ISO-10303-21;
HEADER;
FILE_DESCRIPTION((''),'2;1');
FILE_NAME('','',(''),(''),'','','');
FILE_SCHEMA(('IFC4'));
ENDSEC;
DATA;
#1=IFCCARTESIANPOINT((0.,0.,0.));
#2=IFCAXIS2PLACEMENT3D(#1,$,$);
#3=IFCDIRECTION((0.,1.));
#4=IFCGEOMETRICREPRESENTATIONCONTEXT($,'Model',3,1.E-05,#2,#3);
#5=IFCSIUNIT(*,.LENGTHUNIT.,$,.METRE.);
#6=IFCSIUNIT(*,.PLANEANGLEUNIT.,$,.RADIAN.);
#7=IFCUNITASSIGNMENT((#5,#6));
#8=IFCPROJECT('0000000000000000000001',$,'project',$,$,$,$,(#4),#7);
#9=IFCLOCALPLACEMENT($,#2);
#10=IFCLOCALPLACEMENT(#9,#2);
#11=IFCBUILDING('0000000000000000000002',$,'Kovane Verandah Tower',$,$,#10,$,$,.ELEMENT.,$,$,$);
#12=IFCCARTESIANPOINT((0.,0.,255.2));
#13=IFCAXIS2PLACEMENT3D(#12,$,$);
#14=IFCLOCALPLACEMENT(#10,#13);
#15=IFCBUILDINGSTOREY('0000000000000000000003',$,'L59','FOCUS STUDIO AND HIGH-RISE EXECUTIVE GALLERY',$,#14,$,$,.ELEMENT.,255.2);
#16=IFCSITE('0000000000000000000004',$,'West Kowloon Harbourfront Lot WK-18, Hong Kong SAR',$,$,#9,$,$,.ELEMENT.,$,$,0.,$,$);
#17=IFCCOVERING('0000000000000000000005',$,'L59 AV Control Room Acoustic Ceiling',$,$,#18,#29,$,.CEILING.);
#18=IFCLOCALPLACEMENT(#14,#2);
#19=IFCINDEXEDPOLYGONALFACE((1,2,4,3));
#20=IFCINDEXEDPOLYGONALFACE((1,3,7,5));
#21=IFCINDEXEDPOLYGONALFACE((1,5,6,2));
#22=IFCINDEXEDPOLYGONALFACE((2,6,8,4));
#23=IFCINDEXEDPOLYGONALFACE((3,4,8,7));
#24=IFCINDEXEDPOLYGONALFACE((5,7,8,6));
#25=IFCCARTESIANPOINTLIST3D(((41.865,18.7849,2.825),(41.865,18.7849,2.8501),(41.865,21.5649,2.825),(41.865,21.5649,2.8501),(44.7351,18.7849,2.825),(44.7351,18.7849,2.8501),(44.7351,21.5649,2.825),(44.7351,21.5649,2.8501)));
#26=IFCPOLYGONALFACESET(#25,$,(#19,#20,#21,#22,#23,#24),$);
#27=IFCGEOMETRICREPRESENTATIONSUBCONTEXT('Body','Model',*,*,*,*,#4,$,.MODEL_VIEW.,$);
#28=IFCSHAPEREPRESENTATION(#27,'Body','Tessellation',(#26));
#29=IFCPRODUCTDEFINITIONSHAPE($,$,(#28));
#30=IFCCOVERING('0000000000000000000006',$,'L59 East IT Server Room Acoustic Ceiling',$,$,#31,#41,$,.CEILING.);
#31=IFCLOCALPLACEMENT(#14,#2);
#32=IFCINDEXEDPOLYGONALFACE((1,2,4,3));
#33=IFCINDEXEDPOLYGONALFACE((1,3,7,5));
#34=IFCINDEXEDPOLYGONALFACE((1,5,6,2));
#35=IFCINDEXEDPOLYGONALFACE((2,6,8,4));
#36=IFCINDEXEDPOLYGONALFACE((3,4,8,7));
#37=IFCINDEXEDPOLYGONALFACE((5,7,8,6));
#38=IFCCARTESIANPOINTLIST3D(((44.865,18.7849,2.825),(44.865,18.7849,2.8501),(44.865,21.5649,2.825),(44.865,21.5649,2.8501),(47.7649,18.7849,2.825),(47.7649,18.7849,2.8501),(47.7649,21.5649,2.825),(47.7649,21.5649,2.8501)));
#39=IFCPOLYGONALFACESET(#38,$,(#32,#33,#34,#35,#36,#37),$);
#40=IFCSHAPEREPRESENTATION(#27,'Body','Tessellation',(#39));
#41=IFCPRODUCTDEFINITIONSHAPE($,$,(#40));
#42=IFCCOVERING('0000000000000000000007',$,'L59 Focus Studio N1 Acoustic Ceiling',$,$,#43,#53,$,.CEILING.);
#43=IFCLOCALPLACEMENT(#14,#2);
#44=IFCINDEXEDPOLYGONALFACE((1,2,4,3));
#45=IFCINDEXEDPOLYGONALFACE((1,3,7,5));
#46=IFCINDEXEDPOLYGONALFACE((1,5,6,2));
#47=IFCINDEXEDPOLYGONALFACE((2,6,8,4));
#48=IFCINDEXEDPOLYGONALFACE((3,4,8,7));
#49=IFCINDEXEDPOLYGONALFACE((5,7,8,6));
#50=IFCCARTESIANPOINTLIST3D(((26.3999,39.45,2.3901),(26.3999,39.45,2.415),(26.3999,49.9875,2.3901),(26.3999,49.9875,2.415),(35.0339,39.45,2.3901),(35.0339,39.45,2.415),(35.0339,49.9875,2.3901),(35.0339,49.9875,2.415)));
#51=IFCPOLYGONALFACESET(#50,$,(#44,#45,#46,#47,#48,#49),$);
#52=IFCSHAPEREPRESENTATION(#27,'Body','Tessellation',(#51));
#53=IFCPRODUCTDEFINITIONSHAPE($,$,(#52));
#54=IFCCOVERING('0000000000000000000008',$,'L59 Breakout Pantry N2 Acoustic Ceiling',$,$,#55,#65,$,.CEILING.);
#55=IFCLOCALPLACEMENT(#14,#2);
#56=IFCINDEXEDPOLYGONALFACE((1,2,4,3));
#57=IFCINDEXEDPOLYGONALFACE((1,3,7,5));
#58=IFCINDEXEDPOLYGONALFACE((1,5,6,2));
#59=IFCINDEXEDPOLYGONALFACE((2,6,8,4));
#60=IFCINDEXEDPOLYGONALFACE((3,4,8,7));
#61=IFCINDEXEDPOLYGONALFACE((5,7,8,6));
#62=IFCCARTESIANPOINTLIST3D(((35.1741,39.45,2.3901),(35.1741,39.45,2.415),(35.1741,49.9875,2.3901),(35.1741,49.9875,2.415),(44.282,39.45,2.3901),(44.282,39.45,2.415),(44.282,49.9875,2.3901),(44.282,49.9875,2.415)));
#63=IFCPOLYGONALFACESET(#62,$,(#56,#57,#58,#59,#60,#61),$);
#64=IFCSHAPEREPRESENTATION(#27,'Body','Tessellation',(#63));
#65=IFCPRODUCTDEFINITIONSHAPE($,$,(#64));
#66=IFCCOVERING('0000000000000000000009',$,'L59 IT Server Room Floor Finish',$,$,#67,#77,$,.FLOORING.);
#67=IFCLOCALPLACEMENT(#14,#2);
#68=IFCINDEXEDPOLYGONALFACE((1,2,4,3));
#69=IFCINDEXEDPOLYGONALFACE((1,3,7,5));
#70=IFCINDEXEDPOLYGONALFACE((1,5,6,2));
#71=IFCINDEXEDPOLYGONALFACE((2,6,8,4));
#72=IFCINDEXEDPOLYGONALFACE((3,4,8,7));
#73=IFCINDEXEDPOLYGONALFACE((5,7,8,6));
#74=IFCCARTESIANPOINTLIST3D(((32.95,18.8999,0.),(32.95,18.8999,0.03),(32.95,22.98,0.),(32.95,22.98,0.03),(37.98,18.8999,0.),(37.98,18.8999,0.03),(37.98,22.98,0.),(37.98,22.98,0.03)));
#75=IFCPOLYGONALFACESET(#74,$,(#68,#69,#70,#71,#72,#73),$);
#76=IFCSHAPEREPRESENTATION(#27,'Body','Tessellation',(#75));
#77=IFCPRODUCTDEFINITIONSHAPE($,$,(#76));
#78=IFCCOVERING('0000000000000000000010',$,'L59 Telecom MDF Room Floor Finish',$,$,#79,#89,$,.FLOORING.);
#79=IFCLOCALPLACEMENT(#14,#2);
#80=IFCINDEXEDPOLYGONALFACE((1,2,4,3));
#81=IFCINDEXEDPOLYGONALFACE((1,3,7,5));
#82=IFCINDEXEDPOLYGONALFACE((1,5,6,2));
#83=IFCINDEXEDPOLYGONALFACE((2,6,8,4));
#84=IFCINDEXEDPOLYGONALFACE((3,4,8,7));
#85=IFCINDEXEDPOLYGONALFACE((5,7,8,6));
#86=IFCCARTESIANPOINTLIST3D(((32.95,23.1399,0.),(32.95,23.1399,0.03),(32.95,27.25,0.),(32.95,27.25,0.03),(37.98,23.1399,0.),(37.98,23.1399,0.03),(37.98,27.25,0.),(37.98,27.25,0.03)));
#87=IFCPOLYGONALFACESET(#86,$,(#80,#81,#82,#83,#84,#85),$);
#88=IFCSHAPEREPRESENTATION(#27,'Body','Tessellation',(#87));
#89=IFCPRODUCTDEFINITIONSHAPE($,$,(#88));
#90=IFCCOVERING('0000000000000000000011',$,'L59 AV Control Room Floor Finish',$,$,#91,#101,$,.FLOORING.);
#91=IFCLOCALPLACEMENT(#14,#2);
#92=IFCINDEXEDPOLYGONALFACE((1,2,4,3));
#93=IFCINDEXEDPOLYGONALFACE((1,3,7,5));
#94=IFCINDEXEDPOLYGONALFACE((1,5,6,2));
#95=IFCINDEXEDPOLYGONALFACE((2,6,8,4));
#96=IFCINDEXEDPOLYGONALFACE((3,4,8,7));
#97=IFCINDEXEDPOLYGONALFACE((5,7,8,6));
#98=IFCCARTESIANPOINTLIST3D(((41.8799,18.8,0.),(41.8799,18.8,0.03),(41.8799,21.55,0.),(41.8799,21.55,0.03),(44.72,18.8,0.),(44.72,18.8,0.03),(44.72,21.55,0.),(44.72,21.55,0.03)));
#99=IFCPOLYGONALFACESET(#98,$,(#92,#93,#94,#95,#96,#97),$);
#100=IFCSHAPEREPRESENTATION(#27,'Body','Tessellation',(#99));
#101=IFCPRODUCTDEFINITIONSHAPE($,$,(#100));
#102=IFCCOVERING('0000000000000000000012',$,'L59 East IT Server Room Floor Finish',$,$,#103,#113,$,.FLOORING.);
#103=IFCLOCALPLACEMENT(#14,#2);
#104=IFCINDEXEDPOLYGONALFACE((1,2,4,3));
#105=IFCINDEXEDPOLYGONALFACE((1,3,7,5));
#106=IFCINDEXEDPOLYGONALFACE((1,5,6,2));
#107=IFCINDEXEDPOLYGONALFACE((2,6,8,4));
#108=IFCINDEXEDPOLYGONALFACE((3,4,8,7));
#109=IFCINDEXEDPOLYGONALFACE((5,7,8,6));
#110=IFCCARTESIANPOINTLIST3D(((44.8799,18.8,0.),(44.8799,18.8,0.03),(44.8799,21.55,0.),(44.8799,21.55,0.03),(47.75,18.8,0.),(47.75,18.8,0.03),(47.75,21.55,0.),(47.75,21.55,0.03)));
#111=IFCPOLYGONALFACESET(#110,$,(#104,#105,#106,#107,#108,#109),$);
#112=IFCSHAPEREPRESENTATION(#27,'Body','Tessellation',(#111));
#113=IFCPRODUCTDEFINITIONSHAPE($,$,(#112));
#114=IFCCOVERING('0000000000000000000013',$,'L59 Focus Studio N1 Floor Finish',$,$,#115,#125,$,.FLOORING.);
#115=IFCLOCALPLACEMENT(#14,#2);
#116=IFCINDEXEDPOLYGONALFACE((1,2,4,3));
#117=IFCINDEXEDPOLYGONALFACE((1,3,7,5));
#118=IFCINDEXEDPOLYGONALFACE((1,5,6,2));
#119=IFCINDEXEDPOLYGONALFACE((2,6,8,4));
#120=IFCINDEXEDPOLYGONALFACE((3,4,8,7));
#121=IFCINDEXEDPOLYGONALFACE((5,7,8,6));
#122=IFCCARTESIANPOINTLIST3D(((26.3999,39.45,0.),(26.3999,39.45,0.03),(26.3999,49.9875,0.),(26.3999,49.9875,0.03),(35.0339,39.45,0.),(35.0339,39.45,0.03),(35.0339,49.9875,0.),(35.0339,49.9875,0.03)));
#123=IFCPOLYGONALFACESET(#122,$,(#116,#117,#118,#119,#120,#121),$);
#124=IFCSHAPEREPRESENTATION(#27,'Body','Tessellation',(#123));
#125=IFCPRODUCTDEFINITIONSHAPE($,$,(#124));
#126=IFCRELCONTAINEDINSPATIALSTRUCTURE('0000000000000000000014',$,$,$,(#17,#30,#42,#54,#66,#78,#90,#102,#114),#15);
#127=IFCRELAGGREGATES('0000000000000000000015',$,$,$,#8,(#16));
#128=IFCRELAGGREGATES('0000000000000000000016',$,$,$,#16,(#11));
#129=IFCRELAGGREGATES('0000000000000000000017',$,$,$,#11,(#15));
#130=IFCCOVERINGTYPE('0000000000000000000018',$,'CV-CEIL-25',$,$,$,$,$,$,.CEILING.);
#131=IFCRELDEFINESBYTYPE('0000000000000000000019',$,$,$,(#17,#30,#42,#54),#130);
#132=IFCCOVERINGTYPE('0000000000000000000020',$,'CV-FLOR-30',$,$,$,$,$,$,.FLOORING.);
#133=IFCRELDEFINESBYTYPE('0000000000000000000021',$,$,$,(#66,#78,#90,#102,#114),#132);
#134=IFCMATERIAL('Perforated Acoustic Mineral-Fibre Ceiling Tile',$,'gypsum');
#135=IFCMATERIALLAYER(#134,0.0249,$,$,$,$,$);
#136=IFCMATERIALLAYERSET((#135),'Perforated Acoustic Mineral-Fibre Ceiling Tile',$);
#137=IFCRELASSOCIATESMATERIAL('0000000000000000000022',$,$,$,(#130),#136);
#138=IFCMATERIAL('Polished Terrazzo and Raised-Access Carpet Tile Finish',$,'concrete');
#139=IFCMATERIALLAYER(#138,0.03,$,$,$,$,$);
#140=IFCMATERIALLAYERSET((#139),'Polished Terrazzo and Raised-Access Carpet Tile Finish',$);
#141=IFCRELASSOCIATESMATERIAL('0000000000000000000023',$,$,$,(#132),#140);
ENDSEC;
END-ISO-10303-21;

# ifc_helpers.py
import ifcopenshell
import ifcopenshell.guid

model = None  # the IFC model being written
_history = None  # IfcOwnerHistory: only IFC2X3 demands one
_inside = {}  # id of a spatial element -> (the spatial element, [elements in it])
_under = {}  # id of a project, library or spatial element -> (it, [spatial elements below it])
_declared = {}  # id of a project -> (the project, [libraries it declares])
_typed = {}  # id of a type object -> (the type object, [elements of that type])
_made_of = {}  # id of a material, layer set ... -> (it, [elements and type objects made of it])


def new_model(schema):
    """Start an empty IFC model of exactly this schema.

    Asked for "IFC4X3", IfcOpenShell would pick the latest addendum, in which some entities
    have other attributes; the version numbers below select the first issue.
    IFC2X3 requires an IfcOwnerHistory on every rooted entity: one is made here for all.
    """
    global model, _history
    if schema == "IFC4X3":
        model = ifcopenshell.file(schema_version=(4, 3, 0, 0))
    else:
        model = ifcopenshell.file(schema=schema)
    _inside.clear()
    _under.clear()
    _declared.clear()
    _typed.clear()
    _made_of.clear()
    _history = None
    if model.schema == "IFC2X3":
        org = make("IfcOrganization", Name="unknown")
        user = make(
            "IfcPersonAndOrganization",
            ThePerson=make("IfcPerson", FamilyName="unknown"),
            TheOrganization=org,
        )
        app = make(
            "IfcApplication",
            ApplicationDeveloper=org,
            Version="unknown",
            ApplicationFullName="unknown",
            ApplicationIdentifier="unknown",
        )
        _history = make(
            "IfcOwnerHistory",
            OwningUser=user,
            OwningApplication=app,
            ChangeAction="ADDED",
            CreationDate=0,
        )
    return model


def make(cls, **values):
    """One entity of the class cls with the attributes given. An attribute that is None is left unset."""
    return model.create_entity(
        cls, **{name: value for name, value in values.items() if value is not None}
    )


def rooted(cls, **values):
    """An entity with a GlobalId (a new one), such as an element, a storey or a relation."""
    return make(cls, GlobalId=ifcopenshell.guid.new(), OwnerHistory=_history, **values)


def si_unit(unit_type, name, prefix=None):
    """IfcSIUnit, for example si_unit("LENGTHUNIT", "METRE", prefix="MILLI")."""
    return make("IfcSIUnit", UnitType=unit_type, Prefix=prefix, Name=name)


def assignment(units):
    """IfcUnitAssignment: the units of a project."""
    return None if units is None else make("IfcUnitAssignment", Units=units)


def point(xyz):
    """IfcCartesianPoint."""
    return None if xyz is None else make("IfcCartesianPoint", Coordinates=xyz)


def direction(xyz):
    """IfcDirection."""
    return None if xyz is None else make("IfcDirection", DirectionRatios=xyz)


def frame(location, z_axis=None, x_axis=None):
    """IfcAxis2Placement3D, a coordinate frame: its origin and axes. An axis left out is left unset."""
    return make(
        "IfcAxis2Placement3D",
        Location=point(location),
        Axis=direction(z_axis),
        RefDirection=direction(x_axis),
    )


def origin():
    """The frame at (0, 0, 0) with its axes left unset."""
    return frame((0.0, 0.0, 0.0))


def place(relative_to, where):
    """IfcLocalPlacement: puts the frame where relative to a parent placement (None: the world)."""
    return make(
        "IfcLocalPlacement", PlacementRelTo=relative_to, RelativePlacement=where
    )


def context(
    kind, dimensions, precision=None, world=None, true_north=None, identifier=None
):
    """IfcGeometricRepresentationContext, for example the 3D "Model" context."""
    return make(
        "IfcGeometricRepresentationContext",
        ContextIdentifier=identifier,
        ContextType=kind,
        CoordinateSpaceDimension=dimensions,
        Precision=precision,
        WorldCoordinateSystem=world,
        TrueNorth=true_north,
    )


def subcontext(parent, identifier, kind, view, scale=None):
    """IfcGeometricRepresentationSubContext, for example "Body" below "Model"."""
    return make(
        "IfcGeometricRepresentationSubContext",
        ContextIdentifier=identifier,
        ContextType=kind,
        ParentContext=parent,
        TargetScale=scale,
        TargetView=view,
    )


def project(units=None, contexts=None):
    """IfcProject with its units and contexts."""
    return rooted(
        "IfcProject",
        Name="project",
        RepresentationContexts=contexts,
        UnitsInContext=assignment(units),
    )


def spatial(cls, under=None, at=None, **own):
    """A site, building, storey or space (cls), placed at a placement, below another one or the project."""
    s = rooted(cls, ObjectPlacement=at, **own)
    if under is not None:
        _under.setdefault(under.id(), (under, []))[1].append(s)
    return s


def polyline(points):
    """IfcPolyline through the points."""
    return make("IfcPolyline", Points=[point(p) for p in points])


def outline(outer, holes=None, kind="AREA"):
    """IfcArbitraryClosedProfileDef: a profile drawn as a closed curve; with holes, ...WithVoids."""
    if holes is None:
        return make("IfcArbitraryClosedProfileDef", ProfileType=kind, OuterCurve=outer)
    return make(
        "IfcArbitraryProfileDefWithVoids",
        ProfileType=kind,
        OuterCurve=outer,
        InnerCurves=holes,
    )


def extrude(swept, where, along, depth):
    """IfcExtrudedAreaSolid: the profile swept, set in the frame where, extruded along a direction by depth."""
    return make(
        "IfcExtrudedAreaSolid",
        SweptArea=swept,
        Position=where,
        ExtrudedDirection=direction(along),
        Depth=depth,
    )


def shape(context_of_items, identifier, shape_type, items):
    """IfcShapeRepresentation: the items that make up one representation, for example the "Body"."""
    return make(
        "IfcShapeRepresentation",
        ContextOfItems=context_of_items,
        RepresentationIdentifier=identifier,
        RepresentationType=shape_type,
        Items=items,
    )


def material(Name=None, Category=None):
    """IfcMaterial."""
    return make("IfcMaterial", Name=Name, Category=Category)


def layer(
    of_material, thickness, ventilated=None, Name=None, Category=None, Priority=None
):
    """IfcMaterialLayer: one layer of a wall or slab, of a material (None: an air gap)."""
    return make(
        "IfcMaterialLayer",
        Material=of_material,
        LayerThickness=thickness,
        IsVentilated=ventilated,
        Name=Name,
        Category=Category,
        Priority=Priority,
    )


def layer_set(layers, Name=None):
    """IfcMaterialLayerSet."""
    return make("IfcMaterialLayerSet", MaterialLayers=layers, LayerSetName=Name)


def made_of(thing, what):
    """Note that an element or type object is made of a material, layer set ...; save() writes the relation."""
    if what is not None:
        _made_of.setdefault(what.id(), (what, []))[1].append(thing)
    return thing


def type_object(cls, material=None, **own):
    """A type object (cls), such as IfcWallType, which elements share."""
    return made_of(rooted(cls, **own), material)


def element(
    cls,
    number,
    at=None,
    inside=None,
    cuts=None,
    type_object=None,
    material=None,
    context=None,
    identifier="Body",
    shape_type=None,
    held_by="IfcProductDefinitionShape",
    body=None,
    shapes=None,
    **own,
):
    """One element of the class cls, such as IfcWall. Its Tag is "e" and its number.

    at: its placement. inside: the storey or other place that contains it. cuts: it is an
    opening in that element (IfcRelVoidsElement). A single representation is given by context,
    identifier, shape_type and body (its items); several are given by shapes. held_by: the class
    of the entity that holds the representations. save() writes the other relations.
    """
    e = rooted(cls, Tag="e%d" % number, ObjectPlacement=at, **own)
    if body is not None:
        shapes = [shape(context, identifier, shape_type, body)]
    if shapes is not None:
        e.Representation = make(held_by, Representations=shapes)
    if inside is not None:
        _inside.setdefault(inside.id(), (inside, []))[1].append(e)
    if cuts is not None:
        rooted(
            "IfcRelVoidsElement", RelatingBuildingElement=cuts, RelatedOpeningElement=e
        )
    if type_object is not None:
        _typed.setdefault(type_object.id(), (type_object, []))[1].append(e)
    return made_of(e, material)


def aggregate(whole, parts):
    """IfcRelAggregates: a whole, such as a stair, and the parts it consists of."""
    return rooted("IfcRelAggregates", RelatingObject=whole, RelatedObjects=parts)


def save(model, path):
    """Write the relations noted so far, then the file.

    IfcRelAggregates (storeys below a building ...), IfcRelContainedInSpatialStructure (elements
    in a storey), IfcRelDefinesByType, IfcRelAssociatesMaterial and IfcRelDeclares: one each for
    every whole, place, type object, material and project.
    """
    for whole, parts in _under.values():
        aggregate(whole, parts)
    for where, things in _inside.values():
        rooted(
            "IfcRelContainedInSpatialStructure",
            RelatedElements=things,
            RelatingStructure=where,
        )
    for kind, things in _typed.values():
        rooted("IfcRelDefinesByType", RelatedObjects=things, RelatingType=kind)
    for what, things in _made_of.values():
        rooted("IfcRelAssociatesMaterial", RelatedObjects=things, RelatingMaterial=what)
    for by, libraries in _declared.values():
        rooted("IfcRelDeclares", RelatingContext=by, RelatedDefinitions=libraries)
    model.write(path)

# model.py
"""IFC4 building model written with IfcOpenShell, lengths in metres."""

from ifc_helpers import new_model, si_unit, direction, frame, origin, place, context, subcontext, project, spatial, polyline, outline, extrude, material, layer, layer_set, type_object, element, save


model = new_model("IFC4")

# Units and contexts
model_context = context("Model", 3, precision=1e-05, world=origin(), true_north=direction((0.0, 1.0)))
body_context = subcontext(model_context, "Body", "Model", "MODEL_VIEW")
ifc_project = project(units=[si_unit("LENGTHUNIT", "METRE"), si_unit("PLANEANGLEUNIT", "RADIAN")], contexts=[model_context])

# Site, building, storey
site_placement = place(None, origin())
site = spatial("IfcSite", under=ifc_project, at=site_placement, Name="West Kowloon Harbourfront Lot WK-18, Hong Kong SAR", CompositionType="ELEMENT", RefElevation=0.0)
building_placement = place(site_placement, origin())
building = spatial("IfcBuilding", under=site, at=building_placement, Name="Kovane Verandah Tower", CompositionType="ELEMENT")
storey_placement = place(building_placement, frame((0.0, 0.0, 255.2)))
storey = spatial("IfcBuildingStorey", under=building, at=storey_placement, Name="L59", Description="FOCUS STUDIO AND HIGH-RISE EXECUTIVE GALLERY", CompositionType="ELEMENT", Elevation=255.2)

# Coverings
ifc_material_1 = material(Name="Perforated Acoustic Mineral-Fibre Ceiling Tile", Category="gypsum")
ifc_layer_1 = layer(ifc_material_1, 0.0249)
ifc_layer_set_1 = layer_set([ifc_layer_1], Name="Perforated Acoustic Mineral-Fibre Ceiling Tile")
covering_type_1 = type_object("IfcCoveringType", Name="CV-CEIL-25", PredefinedType="CEILING", material=ifc_layer_set_1)
covering_1_placement = place(storey_placement, frame((0.0, 0.0, 2.825)))
element("IfcCovering", 1, at=covering_1_placement, inside=storey, type_object=covering_type_1, Name="L59 AV Control Room Acoustic Ceiling", PredefinedType="CEILING", context=body_context, shape_type="SweptSolid", body=[
    extrude(outline(polyline([(41.865, 18.7849), (44.7351, 18.7849), (44.7351, 21.5649), (41.865, 21.5649), (41.865, 18.7849)])), origin(), (0.0, 0.0, 1.0), 0.0251),
])
covering_2_placement = place(storey_placement, frame((0.0, 0.0, 2.825)))
element("IfcCovering", 2, at=covering_2_placement, inside=storey, type_object=covering_type_1, Name="L59 East IT Server Room Acoustic Ceiling", PredefinedType="CEILING", context=body_context, shape_type="SweptSolid", body=[
    extrude(outline(polyline([(44.865, 18.7849), (47.7649, 18.7849), (47.7649, 21.5649), (44.865, 21.5649), (44.865, 18.7849)])), origin(), (0.0, 0.0, 1.0), 0.0251),
])
covering_3_placement = place(storey_placement, frame((0.0, 0.0, 2.3901)))
element("IfcCovering", 3, at=covering_3_placement, inside=storey, type_object=covering_type_1, Name="L59 Focus Studio N1 Acoustic Ceiling", PredefinedType="CEILING", context=body_context, shape_type="SweptSolid", body=[
    extrude(outline(polyline([(26.3999, 39.45), (35.0339, 39.45), (35.0339, 49.9875), (26.3999, 49.9875), (26.3999, 39.45)])), origin(), (0.0, 0.0, 1.0), 0.0249),
])
covering_4_placement = place(storey_placement, frame((0.0, 0.0, 2.3901)))
element("IfcCovering", 4, at=covering_4_placement, inside=storey, type_object=covering_type_1, Name="L59 Breakout Pantry N2 Acoustic Ceiling", PredefinedType="CEILING", context=body_context, shape_type="SweptSolid", body=[
    extrude(outline(polyline([(35.1741, 39.45), (44.282, 39.45), (44.282, 49.9875), (35.1741, 49.9875), (35.1741, 39.45)])), origin(), (0.0, 0.0, 1.0), 0.0249),
])
ifc_material_2 = material(Name="Polished Terrazzo and Raised-Access Carpet Tile Finish", Category="concrete")
ifc_layer_2 = layer(ifc_material_2, 0.03)
ifc_layer_set_2 = layer_set([ifc_layer_2], Name="Polished Terrazzo and Raised-Access Carpet Tile Finish")
covering_type_2 = type_object("IfcCoveringType", Name="CV-FLOR-30", PredefinedType="FLOORING", material=ifc_layer_set_2)
covering_5_placement = place(storey_placement, origin())
element("IfcCovering", 5, at=covering_5_placement, inside=storey, type_object=covering_type_2, Name="L59 IT Server Room Floor Finish", PredefinedType="FLOORING", context=body_context, shape_type="SweptSolid", body=[
    extrude(outline(polyline([(32.95, 18.8999), (37.98, 18.8999), (37.98, 22.98), (32.95, 22.98), (32.95, 18.8999)])), origin(), (0.0, 0.0, 1.0), 0.03),
])
covering_6_placement = place(storey_placement, origin())
element("IfcCovering", 6, at=covering_6_placement, inside=storey, type_object=covering_type_2, Name="L59 Telecom MDF Room Floor Finish", PredefinedType="FLOORING", context=body_context, shape_type="SweptSolid", body=[
    extrude(outline(polyline([(32.95, 23.1399), (37.98, 23.1399), (37.98, 27.25), (32.95, 27.25), (32.95, 23.1399)])), origin(), (0.0, 0.0, 1.0), 0.03),
])
covering_7_placement = place(storey_placement, origin())
element("IfcCovering", 7, at=covering_7_placement, inside=storey, type_object=covering_type_2, Name="L59 AV Control Room Floor Finish", PredefinedType="FLOORING", context=body_context, shape_type="SweptSolid", body=[
    extrude(outline(polyline([(41.8799, 18.8), (44.72, 18.8), (44.72, 21.55), (41.8799, 21.55), (41.8799, 18.8)])), origin(), (0.0, 0.0, 1.0), 0.03),
])
covering_8_placement = place(storey_placement, origin())
element("IfcCovering", 8, at=covering_8_placement, inside=storey, type_object=covering_type_2, Name="L59 East IT Server Room Floor Finish", PredefinedType="FLOORING", context=body_context, shape_type="SweptSolid", body=[
    extrude(outline(polyline([(44.8799, 18.8), (47.75, 18.8), (47.75, 21.55), (44.8799, 21.55), (44.8799, 18.8)])), origin(), (0.0, 0.0, 1.0), 0.03),
])
covering_9_placement = place(storey_placement, origin())
element("IfcCovering", 9, at=covering_9_placement, inside=storey, type_object=covering_type_2, Name="L59 Focus Studio N1 Floor Finish", PredefinedType="FLOORING", context=body_context, shape_type="SweptSolid", body=[
    extrude(outline(polyline([(26.3999, 39.45), (35.0339, 39.45), (35.0339, 49.9875), (26.3999, 49.9875), (26.3999, 39.45)])), origin(), (0.0, 0.0, 1.0), 0.03),
])

save(model, "model.ifc")
